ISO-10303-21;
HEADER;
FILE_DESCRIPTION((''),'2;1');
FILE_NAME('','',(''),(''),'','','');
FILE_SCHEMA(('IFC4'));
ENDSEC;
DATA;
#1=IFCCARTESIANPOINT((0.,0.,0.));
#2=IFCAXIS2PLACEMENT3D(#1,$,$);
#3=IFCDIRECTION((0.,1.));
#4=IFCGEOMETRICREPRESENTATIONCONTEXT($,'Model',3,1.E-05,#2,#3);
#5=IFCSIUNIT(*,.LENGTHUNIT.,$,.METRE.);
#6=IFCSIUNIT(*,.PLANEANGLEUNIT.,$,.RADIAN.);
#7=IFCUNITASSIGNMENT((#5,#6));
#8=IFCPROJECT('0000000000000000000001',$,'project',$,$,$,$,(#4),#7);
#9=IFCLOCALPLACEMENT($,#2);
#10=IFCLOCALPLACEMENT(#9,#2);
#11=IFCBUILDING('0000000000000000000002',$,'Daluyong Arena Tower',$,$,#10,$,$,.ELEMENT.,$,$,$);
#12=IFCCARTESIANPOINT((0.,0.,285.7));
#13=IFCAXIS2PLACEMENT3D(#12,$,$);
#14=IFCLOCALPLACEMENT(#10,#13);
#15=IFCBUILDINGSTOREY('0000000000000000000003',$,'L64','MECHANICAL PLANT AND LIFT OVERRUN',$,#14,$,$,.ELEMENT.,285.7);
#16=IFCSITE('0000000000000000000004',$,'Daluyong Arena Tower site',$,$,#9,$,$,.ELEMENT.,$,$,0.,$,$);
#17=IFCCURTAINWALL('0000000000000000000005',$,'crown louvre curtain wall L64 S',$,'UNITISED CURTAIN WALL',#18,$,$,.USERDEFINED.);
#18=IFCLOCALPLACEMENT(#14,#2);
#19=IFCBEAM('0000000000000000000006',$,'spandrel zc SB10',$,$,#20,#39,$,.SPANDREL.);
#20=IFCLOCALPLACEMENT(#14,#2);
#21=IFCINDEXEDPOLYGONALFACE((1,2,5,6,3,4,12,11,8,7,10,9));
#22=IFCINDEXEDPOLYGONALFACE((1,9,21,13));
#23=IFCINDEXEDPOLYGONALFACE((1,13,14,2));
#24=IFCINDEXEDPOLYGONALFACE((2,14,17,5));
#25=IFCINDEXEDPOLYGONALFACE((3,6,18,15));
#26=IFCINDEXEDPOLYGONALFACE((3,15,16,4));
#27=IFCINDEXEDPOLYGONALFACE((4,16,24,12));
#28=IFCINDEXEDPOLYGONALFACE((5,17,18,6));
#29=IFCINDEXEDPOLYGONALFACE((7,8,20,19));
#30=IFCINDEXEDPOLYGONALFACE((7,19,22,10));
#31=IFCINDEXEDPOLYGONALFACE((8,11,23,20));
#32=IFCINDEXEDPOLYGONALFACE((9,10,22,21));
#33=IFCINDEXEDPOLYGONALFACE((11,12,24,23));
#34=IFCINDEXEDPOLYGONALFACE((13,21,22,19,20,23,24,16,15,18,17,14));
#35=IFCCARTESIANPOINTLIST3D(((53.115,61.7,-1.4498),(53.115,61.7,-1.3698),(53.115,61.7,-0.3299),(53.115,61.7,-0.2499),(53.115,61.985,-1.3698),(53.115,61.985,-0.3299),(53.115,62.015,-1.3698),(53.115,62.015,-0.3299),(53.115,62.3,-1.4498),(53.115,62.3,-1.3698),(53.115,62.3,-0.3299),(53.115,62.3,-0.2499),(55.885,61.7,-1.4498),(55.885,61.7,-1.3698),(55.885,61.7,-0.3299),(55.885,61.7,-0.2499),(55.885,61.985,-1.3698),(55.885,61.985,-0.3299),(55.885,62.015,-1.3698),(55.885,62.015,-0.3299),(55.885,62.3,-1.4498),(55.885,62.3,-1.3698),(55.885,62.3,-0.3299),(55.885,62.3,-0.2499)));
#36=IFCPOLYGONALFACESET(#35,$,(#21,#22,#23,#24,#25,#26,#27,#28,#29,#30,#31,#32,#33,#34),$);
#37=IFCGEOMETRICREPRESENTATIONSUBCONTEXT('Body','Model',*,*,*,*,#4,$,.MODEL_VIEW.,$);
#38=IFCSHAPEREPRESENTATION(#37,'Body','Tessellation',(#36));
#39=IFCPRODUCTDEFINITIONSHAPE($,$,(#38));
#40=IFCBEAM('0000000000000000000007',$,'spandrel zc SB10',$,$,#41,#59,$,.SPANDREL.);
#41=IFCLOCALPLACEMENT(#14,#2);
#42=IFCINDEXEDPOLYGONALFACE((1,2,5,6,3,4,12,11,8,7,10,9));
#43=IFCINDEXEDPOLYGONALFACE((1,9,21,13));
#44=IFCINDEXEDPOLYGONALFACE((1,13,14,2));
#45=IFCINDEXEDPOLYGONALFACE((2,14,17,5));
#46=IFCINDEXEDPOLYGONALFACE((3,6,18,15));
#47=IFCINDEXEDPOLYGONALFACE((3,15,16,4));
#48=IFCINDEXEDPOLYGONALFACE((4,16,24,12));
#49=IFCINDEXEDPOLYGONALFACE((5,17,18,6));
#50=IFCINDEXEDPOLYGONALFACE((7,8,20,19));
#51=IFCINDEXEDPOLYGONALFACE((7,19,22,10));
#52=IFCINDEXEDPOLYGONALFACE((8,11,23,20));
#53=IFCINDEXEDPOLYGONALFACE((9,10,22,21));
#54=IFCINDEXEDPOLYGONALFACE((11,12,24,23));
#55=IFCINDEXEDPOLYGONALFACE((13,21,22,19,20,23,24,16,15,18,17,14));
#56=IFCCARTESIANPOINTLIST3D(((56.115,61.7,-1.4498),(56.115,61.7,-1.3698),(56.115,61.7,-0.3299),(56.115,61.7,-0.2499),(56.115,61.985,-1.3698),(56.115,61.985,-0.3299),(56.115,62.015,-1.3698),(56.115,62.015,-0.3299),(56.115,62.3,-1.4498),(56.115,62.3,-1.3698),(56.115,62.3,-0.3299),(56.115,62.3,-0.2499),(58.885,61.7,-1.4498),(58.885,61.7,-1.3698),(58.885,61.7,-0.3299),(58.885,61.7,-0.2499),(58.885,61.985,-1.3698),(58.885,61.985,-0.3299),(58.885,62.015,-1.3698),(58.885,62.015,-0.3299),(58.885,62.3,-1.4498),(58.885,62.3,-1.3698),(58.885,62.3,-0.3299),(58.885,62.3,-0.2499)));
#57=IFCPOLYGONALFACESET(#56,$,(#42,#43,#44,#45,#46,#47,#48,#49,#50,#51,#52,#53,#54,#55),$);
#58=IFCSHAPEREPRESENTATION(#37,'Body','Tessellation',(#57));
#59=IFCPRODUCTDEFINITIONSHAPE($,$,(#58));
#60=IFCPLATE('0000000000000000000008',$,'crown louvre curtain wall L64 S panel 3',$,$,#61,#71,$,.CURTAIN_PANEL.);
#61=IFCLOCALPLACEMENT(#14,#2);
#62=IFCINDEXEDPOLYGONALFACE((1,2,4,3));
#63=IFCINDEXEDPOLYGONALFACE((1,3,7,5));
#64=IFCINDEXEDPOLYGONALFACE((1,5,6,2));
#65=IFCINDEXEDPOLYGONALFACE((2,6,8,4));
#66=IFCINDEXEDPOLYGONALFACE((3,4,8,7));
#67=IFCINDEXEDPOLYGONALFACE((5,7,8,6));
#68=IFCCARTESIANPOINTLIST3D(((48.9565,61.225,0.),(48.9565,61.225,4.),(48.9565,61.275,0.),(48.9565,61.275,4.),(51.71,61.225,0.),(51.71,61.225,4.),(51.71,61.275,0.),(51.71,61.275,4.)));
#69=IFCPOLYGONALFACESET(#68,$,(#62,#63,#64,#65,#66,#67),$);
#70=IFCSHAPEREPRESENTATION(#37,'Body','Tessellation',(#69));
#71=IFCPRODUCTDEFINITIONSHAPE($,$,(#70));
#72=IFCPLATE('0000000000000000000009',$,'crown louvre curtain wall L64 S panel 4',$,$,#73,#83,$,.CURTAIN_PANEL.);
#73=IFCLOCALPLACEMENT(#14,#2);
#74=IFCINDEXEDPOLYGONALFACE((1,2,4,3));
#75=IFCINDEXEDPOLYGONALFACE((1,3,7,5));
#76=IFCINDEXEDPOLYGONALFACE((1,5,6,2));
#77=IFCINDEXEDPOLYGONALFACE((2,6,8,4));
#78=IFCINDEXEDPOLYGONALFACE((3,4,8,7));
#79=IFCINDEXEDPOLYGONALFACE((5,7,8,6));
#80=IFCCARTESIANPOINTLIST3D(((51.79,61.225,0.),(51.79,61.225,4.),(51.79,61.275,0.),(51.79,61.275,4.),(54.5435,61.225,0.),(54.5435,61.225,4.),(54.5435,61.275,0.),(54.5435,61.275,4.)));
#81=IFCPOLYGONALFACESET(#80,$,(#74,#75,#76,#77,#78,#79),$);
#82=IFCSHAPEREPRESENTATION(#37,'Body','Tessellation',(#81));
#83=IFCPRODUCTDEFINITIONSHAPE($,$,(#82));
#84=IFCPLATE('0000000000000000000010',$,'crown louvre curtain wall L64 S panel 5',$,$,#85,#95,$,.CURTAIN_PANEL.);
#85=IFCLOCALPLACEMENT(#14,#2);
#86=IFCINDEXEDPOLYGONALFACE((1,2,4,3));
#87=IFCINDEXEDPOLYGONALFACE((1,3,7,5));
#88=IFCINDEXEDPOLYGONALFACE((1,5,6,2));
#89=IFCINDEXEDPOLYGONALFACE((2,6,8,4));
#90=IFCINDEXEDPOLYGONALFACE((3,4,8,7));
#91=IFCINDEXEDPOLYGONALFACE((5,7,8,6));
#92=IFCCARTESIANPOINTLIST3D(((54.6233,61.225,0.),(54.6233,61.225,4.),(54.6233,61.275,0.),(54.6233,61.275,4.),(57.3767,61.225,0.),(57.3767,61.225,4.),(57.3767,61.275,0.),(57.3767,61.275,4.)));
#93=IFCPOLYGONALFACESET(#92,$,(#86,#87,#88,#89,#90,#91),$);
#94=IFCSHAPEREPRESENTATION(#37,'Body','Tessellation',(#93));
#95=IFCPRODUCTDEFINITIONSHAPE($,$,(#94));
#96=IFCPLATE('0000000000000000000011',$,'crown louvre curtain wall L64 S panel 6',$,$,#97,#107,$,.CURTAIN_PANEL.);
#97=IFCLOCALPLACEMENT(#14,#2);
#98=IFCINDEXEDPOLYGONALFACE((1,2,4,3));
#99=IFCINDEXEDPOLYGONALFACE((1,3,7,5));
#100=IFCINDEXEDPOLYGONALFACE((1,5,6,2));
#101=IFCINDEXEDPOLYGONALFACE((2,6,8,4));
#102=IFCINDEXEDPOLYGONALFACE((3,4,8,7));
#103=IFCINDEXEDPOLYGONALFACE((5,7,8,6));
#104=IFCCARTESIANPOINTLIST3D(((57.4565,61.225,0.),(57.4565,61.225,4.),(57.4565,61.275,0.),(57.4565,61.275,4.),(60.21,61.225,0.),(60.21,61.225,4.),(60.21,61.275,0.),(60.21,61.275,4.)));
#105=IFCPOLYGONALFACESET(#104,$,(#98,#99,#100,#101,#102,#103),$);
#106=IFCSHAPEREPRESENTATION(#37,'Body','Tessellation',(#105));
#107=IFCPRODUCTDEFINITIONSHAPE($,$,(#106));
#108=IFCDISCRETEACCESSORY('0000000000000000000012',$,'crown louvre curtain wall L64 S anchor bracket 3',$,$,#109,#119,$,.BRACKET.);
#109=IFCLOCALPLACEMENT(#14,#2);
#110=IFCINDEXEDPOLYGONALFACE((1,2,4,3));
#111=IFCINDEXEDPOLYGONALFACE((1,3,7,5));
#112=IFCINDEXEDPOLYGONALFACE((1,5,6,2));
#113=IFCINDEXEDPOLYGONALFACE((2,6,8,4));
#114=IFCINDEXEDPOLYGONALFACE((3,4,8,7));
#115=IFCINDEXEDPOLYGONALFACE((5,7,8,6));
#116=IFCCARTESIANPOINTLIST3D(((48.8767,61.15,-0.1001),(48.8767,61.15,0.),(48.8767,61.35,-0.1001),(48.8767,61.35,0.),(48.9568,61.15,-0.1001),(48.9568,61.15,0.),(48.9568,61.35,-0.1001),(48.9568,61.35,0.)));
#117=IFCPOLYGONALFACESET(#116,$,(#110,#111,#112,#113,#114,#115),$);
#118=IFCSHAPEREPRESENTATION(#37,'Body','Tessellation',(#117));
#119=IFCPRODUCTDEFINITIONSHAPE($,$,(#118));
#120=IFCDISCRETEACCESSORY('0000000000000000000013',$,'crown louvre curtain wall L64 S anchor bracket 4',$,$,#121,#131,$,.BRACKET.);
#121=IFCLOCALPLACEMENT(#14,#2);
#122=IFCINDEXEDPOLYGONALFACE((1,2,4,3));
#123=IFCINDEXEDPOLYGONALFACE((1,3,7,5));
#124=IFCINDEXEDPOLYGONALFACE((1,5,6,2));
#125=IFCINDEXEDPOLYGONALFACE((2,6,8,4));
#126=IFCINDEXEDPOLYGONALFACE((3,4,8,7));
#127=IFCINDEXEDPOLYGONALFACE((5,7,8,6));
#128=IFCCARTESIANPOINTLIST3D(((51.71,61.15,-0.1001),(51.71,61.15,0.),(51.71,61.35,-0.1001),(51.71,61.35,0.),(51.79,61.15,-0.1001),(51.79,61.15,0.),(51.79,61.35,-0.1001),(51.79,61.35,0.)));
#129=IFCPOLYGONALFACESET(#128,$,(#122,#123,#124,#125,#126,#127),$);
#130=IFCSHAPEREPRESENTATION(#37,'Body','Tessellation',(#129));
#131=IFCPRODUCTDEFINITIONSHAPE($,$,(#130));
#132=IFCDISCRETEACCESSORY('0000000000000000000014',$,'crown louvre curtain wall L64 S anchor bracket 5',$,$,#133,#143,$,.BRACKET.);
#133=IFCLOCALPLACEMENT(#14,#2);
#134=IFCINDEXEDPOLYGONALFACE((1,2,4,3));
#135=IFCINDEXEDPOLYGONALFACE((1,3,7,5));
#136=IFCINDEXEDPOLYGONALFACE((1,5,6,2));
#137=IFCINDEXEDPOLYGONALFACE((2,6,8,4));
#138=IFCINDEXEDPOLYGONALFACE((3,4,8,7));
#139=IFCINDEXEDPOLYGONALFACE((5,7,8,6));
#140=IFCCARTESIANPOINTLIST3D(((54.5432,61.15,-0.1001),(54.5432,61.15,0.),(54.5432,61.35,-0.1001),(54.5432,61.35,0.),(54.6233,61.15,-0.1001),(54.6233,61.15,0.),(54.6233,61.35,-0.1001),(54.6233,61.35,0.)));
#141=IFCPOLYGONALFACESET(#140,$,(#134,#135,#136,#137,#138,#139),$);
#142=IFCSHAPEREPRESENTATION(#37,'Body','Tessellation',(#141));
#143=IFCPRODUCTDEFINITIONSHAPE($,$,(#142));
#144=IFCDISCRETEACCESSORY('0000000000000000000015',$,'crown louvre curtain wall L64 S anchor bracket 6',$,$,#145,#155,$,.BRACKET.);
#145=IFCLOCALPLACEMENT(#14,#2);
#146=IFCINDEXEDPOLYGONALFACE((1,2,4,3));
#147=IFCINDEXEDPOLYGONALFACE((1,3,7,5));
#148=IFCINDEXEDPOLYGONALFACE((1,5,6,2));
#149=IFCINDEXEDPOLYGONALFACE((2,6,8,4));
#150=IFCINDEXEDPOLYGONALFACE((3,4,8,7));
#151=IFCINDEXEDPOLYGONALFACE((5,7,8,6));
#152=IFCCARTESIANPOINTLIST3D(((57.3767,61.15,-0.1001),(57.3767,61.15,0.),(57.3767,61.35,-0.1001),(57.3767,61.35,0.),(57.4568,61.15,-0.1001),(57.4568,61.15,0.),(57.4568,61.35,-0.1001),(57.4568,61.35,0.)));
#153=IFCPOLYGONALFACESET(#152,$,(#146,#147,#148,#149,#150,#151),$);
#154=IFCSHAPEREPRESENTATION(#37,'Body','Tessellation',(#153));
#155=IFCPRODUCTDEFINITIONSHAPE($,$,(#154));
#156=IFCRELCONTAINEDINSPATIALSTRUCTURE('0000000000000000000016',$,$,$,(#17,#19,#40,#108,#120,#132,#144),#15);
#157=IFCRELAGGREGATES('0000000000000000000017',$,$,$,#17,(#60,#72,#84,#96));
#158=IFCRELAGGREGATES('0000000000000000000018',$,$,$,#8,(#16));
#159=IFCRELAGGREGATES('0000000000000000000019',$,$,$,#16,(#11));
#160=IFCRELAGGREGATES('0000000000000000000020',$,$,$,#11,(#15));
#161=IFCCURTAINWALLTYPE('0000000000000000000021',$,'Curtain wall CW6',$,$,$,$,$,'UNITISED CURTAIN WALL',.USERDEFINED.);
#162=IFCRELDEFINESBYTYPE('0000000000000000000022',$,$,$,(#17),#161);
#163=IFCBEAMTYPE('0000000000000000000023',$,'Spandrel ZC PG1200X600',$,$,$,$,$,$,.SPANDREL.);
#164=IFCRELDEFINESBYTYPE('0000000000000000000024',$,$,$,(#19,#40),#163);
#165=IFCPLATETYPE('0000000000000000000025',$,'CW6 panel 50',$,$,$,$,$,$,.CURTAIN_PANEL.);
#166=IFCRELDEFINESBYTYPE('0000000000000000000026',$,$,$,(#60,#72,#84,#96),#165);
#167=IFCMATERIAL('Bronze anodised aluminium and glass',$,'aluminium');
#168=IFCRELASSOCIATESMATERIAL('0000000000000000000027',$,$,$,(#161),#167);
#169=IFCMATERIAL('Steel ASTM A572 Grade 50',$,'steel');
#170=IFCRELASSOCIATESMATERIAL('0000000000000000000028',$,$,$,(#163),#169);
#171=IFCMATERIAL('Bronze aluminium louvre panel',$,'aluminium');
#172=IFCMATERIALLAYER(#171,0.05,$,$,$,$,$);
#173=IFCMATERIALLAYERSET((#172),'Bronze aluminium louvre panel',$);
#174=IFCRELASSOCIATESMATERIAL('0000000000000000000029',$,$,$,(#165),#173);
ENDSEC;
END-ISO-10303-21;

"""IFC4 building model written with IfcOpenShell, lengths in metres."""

from ifc_helpers import new_model, si_unit, direction, frame, origin, origin_2d, place, context, subcontext, project, spatial, rectangle, i_section, extrude, material, layer, layer_set, material_profile, profile_set, type_object, element, aggregate, save


model = new_model("IFC4")

# Units and contexts
model_context = context("Model", 3, precision=1e-05, world=origin(), true_north=direction((0.0, 1.0)))
body_context = subcontext(model_context, "Body", "Model", "MODEL_VIEW")
ifc_project = project(units=[si_unit("LENGTHUNIT", "METRE"), si_unit("PLANEANGLEUNIT", "RADIAN")], contexts=[model_context])

# Site, building, storey
site_placement = place(None, origin())
site = spatial("IfcSite", under=ifc_project, at=site_placement, Name="Daluyong Arena Tower site", CompositionType="ELEMENT", RefElevation=0.0)
building_placement = place(site_placement, origin())
building = spatial("IfcBuilding", under=site, at=building_placement, Name="Daluyong Arena Tower", CompositionType="ELEMENT")
storey_placement = place(building_placement, frame((0.0, 0.0, 285.7)))
storey = spatial("IfcBuildingStorey", under=building, at=storey_placement, Name="L64", Description="MECHANICAL PLANT AND LIFT OVERRUN", CompositionType="ELEMENT", Elevation=285.7)

# Curtain wall
ifc_material_1 = material(Name="Bronze anodised aluminium and glass", Category="aluminium")
curtain_wall_type = type_object("IfcCurtainWallType", Name="Curtain wall CW6", ElementType="UNITISED CURTAIN WALL", PredefinedType="USERDEFINED", material=ifc_material_1)
curtain_wall_placement = place(storey_placement, origin())
curtain_wall = element("IfcCurtainWall", 1, at=curtain_wall_placement, inside=storey, type_object=curtain_wall_type, Name="crown louvre curtain wall L64 S", ObjectType="UNITISED CURTAIN WALL", PredefinedType="USERDEFINED")

# Beams
ifc_material_2 = material(Name="Steel ASTM A572 Grade 50", Category="steel")
ifc_material_profile_1 = material_profile(ifc_material_2, i_section(OverallWidth=0.6001, OverallDepth=1.2, WebThickness=0.03, FlangeThickness=0.08, at=origin_2d()))
ifc_profile_set_1 = profile_set([ifc_material_profile_1], Name="Steel ASTM A572 Grade 50")
beam_type_1 = type_object("IfcBeamType", Name="Spandrel ZC PG1200X600", PredefinedType="SPANDREL", material=ifc_profile_set_1)
for number, where, z_axis, x_axis, name in (
    (2, (53.115, 62.0, -0.8499), (1.0, 0.0, 0.0), (0.0, 1.0, 0.0), "spandrel zc SB10"),
    (3, (56.115, 62.0, -0.8499), (1.0, 0.0, 0.0), (0.0, 1.0, 0.0), "spandrel zc SB10"),
):
    element("IfcBeam", number, at=place(storey_placement, frame(where, z_axis=z_axis, x_axis=x_axis)), inside=storey, type_object=beam_type_1, Name=name, PredefinedType="SPANDREL", context=body_context, shape_type="SweptSolid", body=[
        extrude(i_section(OverallWidth=0.6001, OverallDepth=1.2, WebThickness=0.03, FlangeThickness=0.08, at=origin_2d()), origin(), (0.0, 0.0, 1.0), 2.77),
    ])

# Plates
ifc_material_3 = material(Name="Bronze aluminium louvre panel", Category="aluminium")
ifc_layer = layer(ifc_material_3, 0.05)
ifc_layer_set = layer_set([ifc_layer], Name="Bronze aluminium louvre panel")
plate_type = type_object("IfcPlateType", Name="CW6 panel 50", PredefinedType="CURTAIN_PANEL", material=ifc_layer_set)
plate_1_placement = place(storey_placement, frame((50.3333, 61.25, 0.0), z_axis=(0.0, 0.0, 1.0), x_axis=(1.0, 0.0, 0.0)))
plate_1 = element("IfcPlate", 4, at=plate_1_placement, type_object=plate_type, Name="crown louvre curtain wall L64 S panel 3", PredefinedType="CURTAIN_PANEL", context=body_context, shape_type="SweptSolid", body=[
    extrude(rectangle(XDim=2.7534, YDim=0.05, at=origin_2d()), origin(), (0.0, 0.0, 1.0), 4.0),
])
plate_2_placement = place(storey_placement, frame((53.1667, 61.25, 0.0), z_axis=(0.0, 0.0, 1.0), x_axis=(1.0, 0.0, 0.0)))
plate_2 = element("IfcPlate", 5, at=plate_2_placement, type_object=plate_type, Name="crown louvre curtain wall L64 S panel 4", PredefinedType="CURTAIN_PANEL", context=body_context, shape_type="SweptSolid", body=[
    extrude(rectangle(XDim=2.7534, YDim=0.05, at=origin_2d()), origin(), (0.0, 0.0, 1.0), 4.0),
])
plate_3_placement = place(storey_placement, frame((56.0, 61.25, 0.0), z_axis=(0.0, 0.0, 1.0), x_axis=(1.0, 0.0, 0.0)))
plate_3 = element("IfcPlate", 6, at=plate_3_placement, type_object=plate_type, Name="crown louvre curtain wall L64 S panel 5", PredefinedType="CURTAIN_PANEL", context=body_context, shape_type="SweptSolid", body=[
    extrude(rectangle(XDim=2.7534, YDim=0.05, at=origin_2d()), origin(), (0.0, 0.0, 1.0), 4.0),
])
plate_4_placement = place(storey_placement, frame((58.8333, 61.25, 0.0), z_axis=(0.0, 0.0, 1.0), x_axis=(1.0, 0.0, 0.0)))
plate_4 = element("IfcPlate", 7, at=plate_4_placement, type_object=plate_type, Name="crown louvre curtain wall L64 S panel 6", PredefinedType="CURTAIN_PANEL", context=body_context, shape_type="SweptSolid", body=[
    extrude(rectangle(XDim=2.7534, YDim=0.05, at=origin_2d()), origin(), (0.0, 0.0, 1.0), 4.0),
])
aggregate(curtain_wall, [plate_1, plate_2, plate_3, plate_4])

# Discrete accessories
for number, where, z_axis, x_axis, name in (
    (8, (48.9167, 61.25, -0.1001), (0.0, 0.0, 1.0), (1.0, 0.0, 0.0), "crown louvre curtain wall L64 S anchor bracket 3"),
    (9, (51.75, 61.25, -0.1001), (0.0, 0.0, 1.0), (1.0, 0.0, 0.0), "crown louvre curtain wall L64 S anchor bracket 4"),
    (10, (54.5833, 61.25, -0.1001), (0.0, 0.0, 1.0), (1.0, 0.0, 0.0), "crown louvre curtain wall L64 S anchor bracket 5"),
    (11, (57.4167, 61.25, -0.1001), (0.0, 0.0, 1.0), (1.0, 0.0, 0.0), "crown louvre curtain wall L64 S anchor bracket 6"),
):
    element("IfcDiscreteAccessory", number, at=place(storey_placement, frame(where, z_axis=z_axis, x_axis=x_axis)), inside=storey, Name=name, PredefinedType="BRACKET", context=body_context, shape_type="SweptSolid", body=[
        extrude(rectangle(XDim=0.0801, YDim=0.2, at=origin_2d()), origin(), (0.0, 0.0, 1.0), 0.1001),
    ])

save(model, "model.ifc")
